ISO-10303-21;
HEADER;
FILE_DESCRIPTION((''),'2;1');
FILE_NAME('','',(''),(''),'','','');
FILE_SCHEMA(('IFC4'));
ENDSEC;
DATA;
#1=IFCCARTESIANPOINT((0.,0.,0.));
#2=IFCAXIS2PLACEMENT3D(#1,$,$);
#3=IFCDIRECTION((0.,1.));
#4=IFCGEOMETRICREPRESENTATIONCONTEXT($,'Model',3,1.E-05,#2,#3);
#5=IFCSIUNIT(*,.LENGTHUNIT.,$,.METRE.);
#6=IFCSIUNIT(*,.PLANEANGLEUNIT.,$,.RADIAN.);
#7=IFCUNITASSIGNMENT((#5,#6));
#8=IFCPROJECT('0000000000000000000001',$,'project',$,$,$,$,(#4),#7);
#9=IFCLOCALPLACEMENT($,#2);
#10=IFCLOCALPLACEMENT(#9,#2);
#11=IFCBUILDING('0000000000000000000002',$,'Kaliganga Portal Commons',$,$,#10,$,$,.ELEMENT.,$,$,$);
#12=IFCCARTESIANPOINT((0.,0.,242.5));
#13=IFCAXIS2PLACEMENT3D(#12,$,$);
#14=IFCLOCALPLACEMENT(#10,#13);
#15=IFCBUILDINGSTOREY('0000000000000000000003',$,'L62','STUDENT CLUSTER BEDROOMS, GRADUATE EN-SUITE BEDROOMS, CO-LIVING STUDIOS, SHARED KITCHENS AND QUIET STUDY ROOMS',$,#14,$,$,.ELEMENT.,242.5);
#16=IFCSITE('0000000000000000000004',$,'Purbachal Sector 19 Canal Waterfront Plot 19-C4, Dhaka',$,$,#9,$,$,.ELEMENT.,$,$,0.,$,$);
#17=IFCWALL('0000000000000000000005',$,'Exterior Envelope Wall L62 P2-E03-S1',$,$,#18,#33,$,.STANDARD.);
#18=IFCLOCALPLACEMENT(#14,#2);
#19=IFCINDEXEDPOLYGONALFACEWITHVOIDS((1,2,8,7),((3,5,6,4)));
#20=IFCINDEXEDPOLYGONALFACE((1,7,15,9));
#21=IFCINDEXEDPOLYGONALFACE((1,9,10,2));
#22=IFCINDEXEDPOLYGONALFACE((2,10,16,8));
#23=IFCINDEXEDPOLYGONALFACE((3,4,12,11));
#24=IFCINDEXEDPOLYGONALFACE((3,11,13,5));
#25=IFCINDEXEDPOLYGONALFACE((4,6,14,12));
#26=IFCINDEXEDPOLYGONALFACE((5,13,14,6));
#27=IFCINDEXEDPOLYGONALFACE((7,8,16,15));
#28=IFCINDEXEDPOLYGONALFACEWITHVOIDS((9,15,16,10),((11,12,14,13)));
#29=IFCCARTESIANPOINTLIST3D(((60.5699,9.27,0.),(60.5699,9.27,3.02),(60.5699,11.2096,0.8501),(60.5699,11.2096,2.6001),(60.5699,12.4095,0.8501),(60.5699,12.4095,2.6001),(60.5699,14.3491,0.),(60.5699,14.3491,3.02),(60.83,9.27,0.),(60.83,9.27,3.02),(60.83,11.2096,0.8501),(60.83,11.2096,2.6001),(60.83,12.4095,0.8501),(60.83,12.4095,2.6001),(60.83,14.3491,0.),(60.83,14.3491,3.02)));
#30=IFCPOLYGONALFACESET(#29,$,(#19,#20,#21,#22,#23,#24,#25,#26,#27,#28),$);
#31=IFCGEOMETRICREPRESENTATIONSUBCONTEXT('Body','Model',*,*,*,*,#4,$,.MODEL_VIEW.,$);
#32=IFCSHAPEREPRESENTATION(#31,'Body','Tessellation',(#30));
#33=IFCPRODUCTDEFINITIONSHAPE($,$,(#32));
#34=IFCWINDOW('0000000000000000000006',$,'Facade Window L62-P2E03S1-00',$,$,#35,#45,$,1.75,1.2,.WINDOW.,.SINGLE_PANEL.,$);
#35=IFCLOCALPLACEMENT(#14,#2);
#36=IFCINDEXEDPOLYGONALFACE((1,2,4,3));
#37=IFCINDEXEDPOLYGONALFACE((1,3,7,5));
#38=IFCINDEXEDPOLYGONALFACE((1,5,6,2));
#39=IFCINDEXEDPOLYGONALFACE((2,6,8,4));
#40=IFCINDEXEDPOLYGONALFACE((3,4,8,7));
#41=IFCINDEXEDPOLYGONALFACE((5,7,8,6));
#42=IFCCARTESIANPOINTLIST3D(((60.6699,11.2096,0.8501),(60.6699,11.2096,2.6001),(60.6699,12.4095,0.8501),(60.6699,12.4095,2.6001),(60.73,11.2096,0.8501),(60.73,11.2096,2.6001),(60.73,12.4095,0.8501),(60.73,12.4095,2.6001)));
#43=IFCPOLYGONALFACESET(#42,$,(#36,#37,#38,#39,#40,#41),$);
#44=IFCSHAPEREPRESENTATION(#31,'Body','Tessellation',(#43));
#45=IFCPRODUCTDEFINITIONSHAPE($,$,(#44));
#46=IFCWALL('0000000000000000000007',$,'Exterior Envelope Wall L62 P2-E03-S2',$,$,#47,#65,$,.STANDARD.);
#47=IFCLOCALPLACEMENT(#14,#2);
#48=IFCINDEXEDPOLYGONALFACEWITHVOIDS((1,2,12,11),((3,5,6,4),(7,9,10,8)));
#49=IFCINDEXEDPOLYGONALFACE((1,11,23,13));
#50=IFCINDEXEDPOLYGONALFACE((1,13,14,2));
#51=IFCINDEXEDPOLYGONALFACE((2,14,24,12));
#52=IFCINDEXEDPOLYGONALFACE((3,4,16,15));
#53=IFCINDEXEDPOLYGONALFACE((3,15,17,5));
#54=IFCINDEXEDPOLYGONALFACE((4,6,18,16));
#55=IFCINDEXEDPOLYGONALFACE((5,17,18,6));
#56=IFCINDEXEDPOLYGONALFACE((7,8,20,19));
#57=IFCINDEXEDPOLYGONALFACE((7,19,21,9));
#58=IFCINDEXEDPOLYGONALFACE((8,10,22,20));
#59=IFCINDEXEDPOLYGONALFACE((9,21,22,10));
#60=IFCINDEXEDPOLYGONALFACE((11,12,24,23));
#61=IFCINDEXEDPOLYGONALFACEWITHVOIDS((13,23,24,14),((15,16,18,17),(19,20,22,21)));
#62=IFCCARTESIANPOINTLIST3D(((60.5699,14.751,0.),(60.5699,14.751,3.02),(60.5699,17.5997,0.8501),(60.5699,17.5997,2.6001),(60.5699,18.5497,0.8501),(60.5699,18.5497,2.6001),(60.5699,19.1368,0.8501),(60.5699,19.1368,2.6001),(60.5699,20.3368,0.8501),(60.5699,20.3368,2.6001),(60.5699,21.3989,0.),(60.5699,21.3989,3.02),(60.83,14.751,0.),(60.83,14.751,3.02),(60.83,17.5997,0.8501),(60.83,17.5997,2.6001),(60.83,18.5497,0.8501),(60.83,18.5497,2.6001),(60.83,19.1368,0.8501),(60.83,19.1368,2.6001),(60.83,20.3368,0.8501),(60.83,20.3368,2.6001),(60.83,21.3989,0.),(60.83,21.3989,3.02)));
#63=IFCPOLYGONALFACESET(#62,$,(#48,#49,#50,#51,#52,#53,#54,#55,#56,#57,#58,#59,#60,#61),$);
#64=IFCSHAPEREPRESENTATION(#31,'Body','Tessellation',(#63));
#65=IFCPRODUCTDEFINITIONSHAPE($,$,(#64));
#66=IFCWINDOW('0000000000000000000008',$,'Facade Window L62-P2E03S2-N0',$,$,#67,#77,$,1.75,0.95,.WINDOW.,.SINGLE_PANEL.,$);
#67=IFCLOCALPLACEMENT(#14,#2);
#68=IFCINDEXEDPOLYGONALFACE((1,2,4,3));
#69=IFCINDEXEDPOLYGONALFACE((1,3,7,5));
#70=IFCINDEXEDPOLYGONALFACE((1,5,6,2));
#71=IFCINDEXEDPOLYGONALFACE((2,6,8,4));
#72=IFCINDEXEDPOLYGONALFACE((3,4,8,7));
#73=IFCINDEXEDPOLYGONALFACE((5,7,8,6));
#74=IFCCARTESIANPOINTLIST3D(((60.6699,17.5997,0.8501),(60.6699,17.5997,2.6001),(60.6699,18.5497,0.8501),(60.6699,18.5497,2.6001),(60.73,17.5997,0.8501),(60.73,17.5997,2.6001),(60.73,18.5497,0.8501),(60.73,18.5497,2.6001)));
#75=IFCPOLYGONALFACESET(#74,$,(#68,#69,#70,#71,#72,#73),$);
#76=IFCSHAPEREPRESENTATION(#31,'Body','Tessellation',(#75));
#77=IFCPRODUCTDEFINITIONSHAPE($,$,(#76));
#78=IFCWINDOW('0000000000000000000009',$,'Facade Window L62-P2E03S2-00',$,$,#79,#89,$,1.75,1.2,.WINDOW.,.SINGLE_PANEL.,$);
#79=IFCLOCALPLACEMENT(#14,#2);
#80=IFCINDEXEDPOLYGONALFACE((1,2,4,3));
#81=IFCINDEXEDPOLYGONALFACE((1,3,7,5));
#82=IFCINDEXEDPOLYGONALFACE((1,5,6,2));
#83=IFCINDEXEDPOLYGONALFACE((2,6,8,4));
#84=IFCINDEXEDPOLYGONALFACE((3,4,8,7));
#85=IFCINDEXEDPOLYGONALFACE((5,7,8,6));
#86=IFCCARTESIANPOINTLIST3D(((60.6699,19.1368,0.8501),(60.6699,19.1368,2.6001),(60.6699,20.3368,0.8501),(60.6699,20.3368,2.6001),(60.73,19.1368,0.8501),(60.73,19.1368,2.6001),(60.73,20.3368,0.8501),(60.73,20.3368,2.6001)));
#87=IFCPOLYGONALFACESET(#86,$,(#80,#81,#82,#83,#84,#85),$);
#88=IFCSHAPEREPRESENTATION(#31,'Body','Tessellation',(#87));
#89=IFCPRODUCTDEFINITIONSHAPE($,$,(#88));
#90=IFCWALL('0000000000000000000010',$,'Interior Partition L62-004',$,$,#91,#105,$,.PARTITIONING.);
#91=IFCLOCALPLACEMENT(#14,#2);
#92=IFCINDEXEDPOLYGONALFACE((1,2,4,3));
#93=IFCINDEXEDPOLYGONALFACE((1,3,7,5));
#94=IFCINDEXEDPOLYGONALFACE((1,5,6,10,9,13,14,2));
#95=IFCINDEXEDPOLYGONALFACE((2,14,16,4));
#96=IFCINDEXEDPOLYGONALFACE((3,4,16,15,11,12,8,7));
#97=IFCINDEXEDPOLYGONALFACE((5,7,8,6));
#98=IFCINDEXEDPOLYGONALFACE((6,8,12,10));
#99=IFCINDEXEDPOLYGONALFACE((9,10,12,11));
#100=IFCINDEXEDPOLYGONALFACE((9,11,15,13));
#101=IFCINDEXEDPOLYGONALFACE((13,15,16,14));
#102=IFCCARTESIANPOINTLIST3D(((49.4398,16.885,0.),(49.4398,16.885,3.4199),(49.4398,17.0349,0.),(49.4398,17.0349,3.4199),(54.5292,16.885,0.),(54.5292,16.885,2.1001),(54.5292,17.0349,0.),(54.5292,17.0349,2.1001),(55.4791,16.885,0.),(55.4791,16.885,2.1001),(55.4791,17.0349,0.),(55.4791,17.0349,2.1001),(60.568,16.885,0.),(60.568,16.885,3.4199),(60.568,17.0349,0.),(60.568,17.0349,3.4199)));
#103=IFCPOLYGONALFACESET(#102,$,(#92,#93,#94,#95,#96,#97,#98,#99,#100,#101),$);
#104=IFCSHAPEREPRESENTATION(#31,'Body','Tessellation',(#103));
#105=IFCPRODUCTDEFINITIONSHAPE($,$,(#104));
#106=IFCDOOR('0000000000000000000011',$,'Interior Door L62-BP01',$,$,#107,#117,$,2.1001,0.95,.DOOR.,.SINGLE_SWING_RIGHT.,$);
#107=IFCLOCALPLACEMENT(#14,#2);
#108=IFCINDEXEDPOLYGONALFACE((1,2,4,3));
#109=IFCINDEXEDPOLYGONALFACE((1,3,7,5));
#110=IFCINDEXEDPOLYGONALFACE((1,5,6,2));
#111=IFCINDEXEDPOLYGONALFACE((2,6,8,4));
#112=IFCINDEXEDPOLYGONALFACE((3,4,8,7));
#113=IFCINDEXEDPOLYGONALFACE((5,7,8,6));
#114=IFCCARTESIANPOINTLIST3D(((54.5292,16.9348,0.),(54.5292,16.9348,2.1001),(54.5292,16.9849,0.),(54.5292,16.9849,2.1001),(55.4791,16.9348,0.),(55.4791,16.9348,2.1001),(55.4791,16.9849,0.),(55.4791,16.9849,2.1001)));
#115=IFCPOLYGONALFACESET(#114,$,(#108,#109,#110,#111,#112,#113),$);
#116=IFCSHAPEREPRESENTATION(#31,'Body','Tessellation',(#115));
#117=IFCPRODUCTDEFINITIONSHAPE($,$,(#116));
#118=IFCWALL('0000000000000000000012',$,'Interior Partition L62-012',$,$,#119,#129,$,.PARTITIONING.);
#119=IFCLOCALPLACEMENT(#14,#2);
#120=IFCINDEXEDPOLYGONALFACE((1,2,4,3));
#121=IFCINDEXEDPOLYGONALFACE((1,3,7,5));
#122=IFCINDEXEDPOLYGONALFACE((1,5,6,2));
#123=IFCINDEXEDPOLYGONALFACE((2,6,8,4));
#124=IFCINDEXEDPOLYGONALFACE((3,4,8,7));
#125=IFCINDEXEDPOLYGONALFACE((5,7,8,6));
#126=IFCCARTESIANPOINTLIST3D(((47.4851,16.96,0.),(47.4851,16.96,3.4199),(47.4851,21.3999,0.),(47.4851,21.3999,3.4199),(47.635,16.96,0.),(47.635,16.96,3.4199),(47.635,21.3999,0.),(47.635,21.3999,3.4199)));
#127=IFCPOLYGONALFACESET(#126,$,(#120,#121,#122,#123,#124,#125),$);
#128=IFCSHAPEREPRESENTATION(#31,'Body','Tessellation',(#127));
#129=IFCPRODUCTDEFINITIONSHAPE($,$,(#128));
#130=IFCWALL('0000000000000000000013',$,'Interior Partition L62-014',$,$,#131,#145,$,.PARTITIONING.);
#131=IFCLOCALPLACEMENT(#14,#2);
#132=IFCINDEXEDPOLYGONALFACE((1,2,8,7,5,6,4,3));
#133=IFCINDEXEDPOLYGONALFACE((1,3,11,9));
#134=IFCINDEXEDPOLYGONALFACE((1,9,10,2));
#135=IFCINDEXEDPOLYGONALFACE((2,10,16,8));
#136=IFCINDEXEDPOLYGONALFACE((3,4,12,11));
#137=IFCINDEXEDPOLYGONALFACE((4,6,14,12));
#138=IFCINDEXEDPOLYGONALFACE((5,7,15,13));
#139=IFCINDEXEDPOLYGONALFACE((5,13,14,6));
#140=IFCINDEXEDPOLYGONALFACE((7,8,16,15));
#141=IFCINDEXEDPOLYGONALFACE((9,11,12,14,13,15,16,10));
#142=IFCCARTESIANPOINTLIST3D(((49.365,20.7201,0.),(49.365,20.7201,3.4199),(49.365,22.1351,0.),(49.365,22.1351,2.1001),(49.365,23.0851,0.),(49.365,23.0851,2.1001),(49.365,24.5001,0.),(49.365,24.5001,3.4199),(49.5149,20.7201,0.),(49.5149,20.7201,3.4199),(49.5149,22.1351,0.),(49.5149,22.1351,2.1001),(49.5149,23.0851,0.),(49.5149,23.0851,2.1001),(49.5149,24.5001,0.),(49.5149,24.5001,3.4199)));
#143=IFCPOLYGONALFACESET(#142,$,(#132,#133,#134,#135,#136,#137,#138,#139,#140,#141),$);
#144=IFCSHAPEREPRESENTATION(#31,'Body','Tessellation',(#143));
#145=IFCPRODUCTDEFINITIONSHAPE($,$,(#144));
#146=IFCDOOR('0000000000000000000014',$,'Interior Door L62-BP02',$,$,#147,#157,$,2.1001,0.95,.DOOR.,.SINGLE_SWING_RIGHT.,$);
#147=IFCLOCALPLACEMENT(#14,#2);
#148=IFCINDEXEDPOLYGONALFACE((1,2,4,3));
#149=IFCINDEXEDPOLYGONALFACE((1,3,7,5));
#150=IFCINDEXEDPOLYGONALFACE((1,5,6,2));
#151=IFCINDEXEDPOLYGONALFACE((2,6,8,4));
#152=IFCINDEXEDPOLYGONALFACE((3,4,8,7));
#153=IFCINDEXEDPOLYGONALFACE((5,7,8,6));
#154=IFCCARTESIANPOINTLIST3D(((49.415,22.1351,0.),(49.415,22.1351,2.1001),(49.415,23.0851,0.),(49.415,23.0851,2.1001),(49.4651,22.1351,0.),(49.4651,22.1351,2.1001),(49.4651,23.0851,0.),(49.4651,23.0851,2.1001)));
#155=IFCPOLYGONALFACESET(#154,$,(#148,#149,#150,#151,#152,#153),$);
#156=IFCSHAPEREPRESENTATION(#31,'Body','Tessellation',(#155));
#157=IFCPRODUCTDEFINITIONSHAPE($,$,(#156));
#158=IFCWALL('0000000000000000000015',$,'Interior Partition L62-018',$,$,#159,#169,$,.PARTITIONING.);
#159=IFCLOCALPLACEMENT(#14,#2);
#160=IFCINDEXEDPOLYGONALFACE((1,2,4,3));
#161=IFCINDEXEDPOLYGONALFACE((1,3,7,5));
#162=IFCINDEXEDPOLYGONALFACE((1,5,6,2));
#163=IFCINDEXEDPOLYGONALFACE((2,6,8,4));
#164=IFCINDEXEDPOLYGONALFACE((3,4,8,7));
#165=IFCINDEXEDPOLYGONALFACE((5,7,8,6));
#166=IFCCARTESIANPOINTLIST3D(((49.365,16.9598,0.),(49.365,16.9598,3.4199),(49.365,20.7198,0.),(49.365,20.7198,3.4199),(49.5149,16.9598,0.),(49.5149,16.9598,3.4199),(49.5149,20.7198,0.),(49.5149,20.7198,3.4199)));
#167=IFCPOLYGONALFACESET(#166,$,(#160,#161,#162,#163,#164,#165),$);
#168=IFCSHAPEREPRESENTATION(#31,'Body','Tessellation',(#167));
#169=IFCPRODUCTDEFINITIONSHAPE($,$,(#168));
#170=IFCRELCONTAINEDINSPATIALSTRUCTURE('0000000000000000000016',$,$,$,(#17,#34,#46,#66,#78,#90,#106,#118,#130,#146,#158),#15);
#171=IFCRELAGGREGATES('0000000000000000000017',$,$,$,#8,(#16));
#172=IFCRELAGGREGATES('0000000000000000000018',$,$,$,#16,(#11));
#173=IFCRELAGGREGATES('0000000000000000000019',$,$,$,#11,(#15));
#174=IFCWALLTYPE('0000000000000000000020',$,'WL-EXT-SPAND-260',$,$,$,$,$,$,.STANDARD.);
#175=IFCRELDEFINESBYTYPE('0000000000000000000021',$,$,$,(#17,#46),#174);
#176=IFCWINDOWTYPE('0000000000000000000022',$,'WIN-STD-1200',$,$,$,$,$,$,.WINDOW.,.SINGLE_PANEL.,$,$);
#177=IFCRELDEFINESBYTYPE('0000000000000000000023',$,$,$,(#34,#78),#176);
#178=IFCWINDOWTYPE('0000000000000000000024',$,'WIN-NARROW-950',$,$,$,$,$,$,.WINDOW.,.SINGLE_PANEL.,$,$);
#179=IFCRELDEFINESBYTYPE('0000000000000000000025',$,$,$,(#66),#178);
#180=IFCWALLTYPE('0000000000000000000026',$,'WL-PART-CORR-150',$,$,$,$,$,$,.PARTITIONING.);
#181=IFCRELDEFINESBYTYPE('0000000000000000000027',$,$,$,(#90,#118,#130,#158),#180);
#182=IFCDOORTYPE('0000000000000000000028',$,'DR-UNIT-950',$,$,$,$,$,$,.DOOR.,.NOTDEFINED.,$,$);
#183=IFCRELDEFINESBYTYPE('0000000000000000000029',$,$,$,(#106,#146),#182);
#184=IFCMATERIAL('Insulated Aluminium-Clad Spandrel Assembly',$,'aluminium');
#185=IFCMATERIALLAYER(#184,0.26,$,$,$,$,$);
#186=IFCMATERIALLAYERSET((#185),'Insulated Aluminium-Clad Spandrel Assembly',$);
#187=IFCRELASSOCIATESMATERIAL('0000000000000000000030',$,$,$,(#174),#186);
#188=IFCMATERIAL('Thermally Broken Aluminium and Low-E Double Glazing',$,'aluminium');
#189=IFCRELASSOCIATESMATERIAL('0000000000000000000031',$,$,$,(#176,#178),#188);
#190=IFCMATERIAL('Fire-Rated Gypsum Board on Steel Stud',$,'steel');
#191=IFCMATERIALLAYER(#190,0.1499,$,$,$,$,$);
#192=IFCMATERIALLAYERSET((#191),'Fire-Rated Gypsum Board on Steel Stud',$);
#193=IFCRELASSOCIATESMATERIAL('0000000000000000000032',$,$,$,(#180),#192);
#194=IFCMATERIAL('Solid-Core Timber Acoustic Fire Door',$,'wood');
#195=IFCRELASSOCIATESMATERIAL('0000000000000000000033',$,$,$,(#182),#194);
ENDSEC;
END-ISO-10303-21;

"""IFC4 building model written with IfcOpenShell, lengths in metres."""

from ifc_helpers import new_model, si_unit, direction, frame, frame_2d, origin, place, context, subcontext, project, spatial, rectangle, extrude, material, layer, layer_set, type_object, element, fill, save


model = new_model("IFC4")

# Units and contexts
model_context = context("Model", 3, precision=1e-05, world=origin(), true_north=direction((0.0, 1.0)))
body_context = subcontext(model_context, "Body", "Model", "MODEL_VIEW")
ifc_project = project(units=[si_unit("LENGTHUNIT", "METRE"), si_unit("PLANEANGLEUNIT", "RADIAN")], contexts=[model_context])

# Site, building, storey
site_placement = place(None, origin())
site = spatial("IfcSite", under=ifc_project, at=site_placement, Name="Purbachal Sector 19 Canal Waterfront Plot 19-C4, Dhaka", CompositionType="ELEMENT", RefElevation=0.0)
building_placement = place(site_placement, origin())
building = spatial("IfcBuilding", under=site, at=building_placement, Name="Kaliganga Portal Commons", CompositionType="ELEMENT")
storey_placement = place(building_placement, frame((0.0, 0.0, 242.5)))
storey = spatial("IfcBuildingStorey", under=building, at=storey_placement, Name="L62", Description="STUDENT CLUSTER BEDROOMS, GRADUATE EN-SUITE BEDROOMS, CO-LIVING STUDIOS, SHARED KITCHENS AND QUIET STUDY ROOMS", CompositionType="ELEMENT", Elevation=242.5)

# Wall, opening, window
ifc_material_1 = material(Name="Insulated Aluminium-Clad Spandrel Assembly", Category="aluminium")
ifc_layer_1 = layer(ifc_material_1, 0.26)
ifc_layer_set_1 = layer_set([ifc_layer_1], Name="Insulated Aluminium-Clad Spandrel Assembly")
wall_type_1 = type_object("IfcWallType", Name="WL-EXT-SPAND-260", PredefinedType="STANDARD", material=ifc_layer_set_1)
wall_1_placement = place(storey_placement, frame((60.7, 14.3491, 0.0), z_axis=(0.0, 0.0, 1.0), x_axis=(0.0, -1.0, 0.0)))
wall_1 = element("IfcWall", 1, at=wall_1_placement, inside=storey, type_object=wall_type_1, Name="Exterior Envelope Wall L62 P2-E03-S1", PredefinedType="STANDARD", context=body_context, shape_type="SweptSolid", body=[
    extrude(rectangle(XDim=5.0791, YDim=0.26, at=frame_2d((2.5396, 0.0))), origin(), (0.0, 0.0, 1.0), 3.02),
])
opening_1_placement = place(wall_1_placement, frame((1.9395, 0.0, 0.8501)))
opening_1 = element("IfcOpeningElement", 2, at=opening_1_placement, cuts=wall_1, PredefinedType="OPENING", context=body_context, shape_type="SweptSolid", body=[
    extrude(rectangle(XDim=1.2, YDim=1.75, at=frame_2d((0.6001, 0.875))), frame((0.0, 0.1401, 0.0), z_axis=(0.0, -1.0, 0.0), x_axis=(1.0, 0.0, 0.0)), (0.0, 0.0, 1.0), 0.28),
])
ifc_material_2 = material(Name="Thermally Broken Aluminium and Low-E Double Glazing", Category="aluminium")
window_type_1 = type_object("IfcWindowType", Name="WIN-STD-1200", PartitioningType="SINGLE_PANEL", PredefinedType="WINDOW", material=ifc_material_2)
window_1_placement = place(opening_1_placement, origin())
window_1 = element("IfcWindow", 3, at=window_1_placement, inside=storey, type_object=window_type_1, Name="Facade Window L62-P2E03S1-00", OverallHeight=1.75, OverallWidth=1.2, PartitioningType="SINGLE_PANEL", PredefinedType="WINDOW", context=body_context, shape_type="SweptSolid", body=[
    extrude(rectangle(XDim=1.2, YDim=1.75, at=frame_2d((0.6001, 0.875))), frame((0.0, 0.03, 0.0), z_axis=(0.0, -1.0, 0.0), x_axis=(1.0, 0.0, 0.0)), (0.0, 0.0, 1.0), 0.0601),
])
fill(opening_1, window_1)

# Wall, openings, windows
wall_2_placement = place(storey_placement, frame((60.7, 21.3989, 0.0), z_axis=(0.0, 0.0, 1.0), x_axis=(0.0, -1.0, 0.0)))
wall_2 = element("IfcWall", 4, at=wall_2_placement, inside=storey, type_object=wall_type_1, Name="Exterior Envelope Wall L62 P2-E03-S2", PredefinedType="STANDARD", context=body_context, shape_type="SweptSolid", body=[
    extrude(rectangle(XDim=6.6479, YDim=0.26, at=frame_2d((3.324, 0.0))), origin(), (0.0, 0.0, 1.0), 3.02),
])
opening_2_placement = place(wall_2_placement, frame((1.062, 0.0, 0.8501)))
opening_2 = element("IfcOpeningElement", 5, at=opening_2_placement, cuts=wall_2, PredefinedType="OPENING", context=body_context, shape_type="SweptSolid", body=[
    extrude(rectangle(XDim=1.2, YDim=1.75, at=frame_2d((0.6001, 0.875))), frame((0.0, 0.1401, 0.0), z_axis=(0.0, -1.0, 0.0), x_axis=(1.0, 0.0, 0.0)), (0.0, 0.0, 1.0), 0.28),
])
opening_3_placement = place(wall_2_placement, frame((2.8491, 0.0, 0.8501)))
opening_3 = element("IfcOpeningElement", 6, at=opening_3_placement, cuts=wall_2, PredefinedType="OPENING", context=body_context, shape_type="SweptSolid", body=[
    extrude(rectangle(XDim=0.95, YDim=1.75, at=frame_2d((0.4751, 0.875))), frame((0.0, 0.1401, 0.0), z_axis=(0.0, -1.0, 0.0), x_axis=(1.0, 0.0, 0.0)), (0.0, 0.0, 1.0), 0.28),
])
window_type_2 = type_object("IfcWindowType", Name="WIN-NARROW-950", PartitioningType="SINGLE_PANEL", PredefinedType="WINDOW", material=ifc_material_2)
window_2_placement = place(opening_3_placement, origin())
window_2 = element("IfcWindow", 7, at=window_2_placement, inside=storey, type_object=window_type_2, Name="Facade Window L62-P2E03S2-N0", OverallHeight=1.75, OverallWidth=0.95, PartitioningType="SINGLE_PANEL", PredefinedType="WINDOW", context=body_context, shape_type="SweptSolid", body=[
    extrude(rectangle(XDim=0.95, YDim=1.75, at=frame_2d((0.4751, 0.875))), frame((0.0, 0.03, 0.0), z_axis=(0.0, -1.0, 0.0), x_axis=(1.0, 0.0, 0.0)), (0.0, 0.0, 1.0), 0.0601),
])
fill(opening_3, window_2)
window_3_placement = place(opening_2_placement, origin())
window_3 = element("IfcWindow", 8, at=window_3_placement, inside=storey, type_object=window_type_1, Name="Facade Window L62-P2E03S2-00", OverallHeight=1.75, OverallWidth=1.2, PartitioningType="SINGLE_PANEL", PredefinedType="WINDOW", context=body_context, shape_type="SweptSolid", body=[
    extrude(rectangle(XDim=1.2, YDim=1.75, at=frame_2d((0.6001, 0.875))), frame((0.0, 0.03, 0.0), z_axis=(0.0, -1.0, 0.0), x_axis=(1.0, 0.0, 0.0)), (0.0, 0.0, 1.0), 0.0601),
])
fill(opening_2, window_3)

# Wall, opening, door
ifc_material_3 = material(Name="Fire-Rated Gypsum Board on Steel Stud", Category="steel")
ifc_layer_2 = layer(ifc_material_3, 0.1499)
ifc_layer_set_2 = layer_set([ifc_layer_2], Name="Fire-Rated Gypsum Board on Steel Stud")
wall_type_2 = type_object("IfcWallType", Name="WL-PART-CORR-150", PredefinedType="PARTITIONING", material=ifc_layer_set_2)
wall_3_placement = place(storey_placement, frame((49.4399, 16.96, 0.0), z_axis=(0.0, 0.0, 1.0), x_axis=(1.0, 0.0, 0.0)))
wall_3 = element("IfcWall", 9, at=wall_3_placement, inside=storey, type_object=wall_type_2, Name="Interior Partition L62-004", PredefinedType="PARTITIONING", context=body_context, shape_type="SweptSolid", body=[
    extrude(rectangle(XDim=11.1282, YDim=0.1499, at=frame_2d((5.564, 0.0))), origin(), (0.0, 0.0, 1.0), 3.4199),
])
opening_4_placement = place(wall_3_placement, frame((5.0891, 0.0, 0.0)))
opening_4 = element("IfcOpeningElement", 10, at=opening_4_placement, cuts=wall_3, PredefinedType="OPENING", context=body_context, shape_type="SweptSolid", body=[
    extrude(rectangle(XDim=0.95, YDim=2.1001, at=frame_2d((0.4751, 1.05))), frame((0.0, 0.085, 0.0), z_axis=(0.0, -1.0, 0.0), x_axis=(1.0, 0.0, 0.0)), (0.0, 0.0, 1.0), 0.1699),
])
ifc_material_4 = material(Name="Solid-Core Timber Acoustic Fire Door", Category="wood")
door_type = type_object("IfcDoorType", Name="DR-UNIT-950", OperationType="NOTDEFINED", PredefinedType="DOOR", material=ifc_material_4)
door_1_placement = place(opening_4_placement, origin())
door_1 = element("IfcDoor", 11, at=door_1_placement, inside=storey, type_object=door_type, Name="Interior Door L62-BP01", OperationType="SINGLE_SWING_RIGHT", OverallHeight=2.1001, OverallWidth=0.95, PredefinedType="DOOR", context=body_context, shape_type="SweptSolid", body=[
    extrude(rectangle(XDim=0.95, YDim=2.1001, at=frame_2d((0.4751, 1.05))), frame((0.0, 0.0249, 0.0), z_axis=(0.0, -1.0, 0.0), x_axis=(1.0, 0.0, 0.0)), (0.0, 0.0, 1.0), 0.05),
])
fill(opening_4, door_1)

# Wall
wall_4_placement = place(storey_placement, frame((47.5601, 16.96, 0.0), z_axis=(0.0, 0.0, 1.0), x_axis=(0.0, 1.0, 0.0)))
element("IfcWall", 12, at=wall_4_placement, inside=storey, type_object=wall_type_2, Name="Interior Partition L62-012", PredefinedType="PARTITIONING", context=body_context, shape_type="SweptSolid", body=[
    extrude(rectangle(XDim=4.4399, YDim=0.1499, at=frame_2d((2.22, 0.0))), origin(), (0.0, 0.0, 1.0), 3.4199),
])

# Wall, opening, door
wall_5_placement = place(storey_placement, frame((49.4399, 20.72, 0.0), z_axis=(0.0, 0.0, 1.0), x_axis=(0.0, 1.0, 0.0)))
wall_5 = element("IfcWall", 13, at=wall_5_placement, inside=storey, type_object=wall_type_2, Name="Interior Partition L62-014", PredefinedType="PARTITIONING", context=body_context, shape_type="SweptSolid", body=[
    extrude(rectangle(XDim=3.78, YDim=0.1499, at=frame_2d((1.8901, 0.0))), origin(), (0.0, 0.0, 1.0), 3.4199),
])
opening_5_placement = place(wall_5_placement, frame((1.415, 0.0, 0.0)))
opening_5 = element("IfcOpeningElement", 14, at=opening_5_placement, cuts=wall_5, PredefinedType="OPENING", context=body_context, shape_type="SweptSolid", body=[
    extrude(rectangle(XDim=0.95, YDim=2.1001, at=frame_2d((0.4751, 1.05))), frame((0.0, 0.085, 0.0), z_axis=(0.0, -1.0, 0.0), x_axis=(1.0, 0.0, 0.0)), (0.0, 0.0, 1.0), 0.1699),
])
door_2_placement = place(opening_5_placement, origin())
door_2 = element("IfcDoor", 15, at=door_2_placement, inside=storey, type_object=door_type, Name="Interior Door L62-BP02", OperationType="SINGLE_SWING_RIGHT", OverallHeight=2.1001, OverallWidth=0.95, PredefinedType="DOOR", context=body_context, shape_type="SweptSolid", body=[
    extrude(rectangle(XDim=0.95, YDim=2.1001, at=frame_2d((0.4751, 1.05))), frame((0.0, 0.0249, 0.0), z_axis=(0.0, -1.0, 0.0), x_axis=(1.0, 0.0, 0.0)), (0.0, 0.0, 1.0), 0.05),
])
fill(opening_5, door_2)

# Wall
wall_6_placement = place(storey_placement, frame((49.4399, 16.96, 0.0), z_axis=(0.0, 0.0, 1.0), x_axis=(0.0, 1.0, 0.0)))
element("IfcWall", 16, at=wall_6_placement, inside=storey, type_object=wall_type_2, Name="Interior Partition L62-018", PredefinedType="PARTITIONING", context=body_context, shape_type="SweptSolid", body=[
    extrude(rectangle(XDim=3.76, YDim=0.1499, at=frame_2d((1.8799, 0.0))), origin(), (0.0, 0.0, 1.0), 3.4199),
])

save(model, "model.ifc")
